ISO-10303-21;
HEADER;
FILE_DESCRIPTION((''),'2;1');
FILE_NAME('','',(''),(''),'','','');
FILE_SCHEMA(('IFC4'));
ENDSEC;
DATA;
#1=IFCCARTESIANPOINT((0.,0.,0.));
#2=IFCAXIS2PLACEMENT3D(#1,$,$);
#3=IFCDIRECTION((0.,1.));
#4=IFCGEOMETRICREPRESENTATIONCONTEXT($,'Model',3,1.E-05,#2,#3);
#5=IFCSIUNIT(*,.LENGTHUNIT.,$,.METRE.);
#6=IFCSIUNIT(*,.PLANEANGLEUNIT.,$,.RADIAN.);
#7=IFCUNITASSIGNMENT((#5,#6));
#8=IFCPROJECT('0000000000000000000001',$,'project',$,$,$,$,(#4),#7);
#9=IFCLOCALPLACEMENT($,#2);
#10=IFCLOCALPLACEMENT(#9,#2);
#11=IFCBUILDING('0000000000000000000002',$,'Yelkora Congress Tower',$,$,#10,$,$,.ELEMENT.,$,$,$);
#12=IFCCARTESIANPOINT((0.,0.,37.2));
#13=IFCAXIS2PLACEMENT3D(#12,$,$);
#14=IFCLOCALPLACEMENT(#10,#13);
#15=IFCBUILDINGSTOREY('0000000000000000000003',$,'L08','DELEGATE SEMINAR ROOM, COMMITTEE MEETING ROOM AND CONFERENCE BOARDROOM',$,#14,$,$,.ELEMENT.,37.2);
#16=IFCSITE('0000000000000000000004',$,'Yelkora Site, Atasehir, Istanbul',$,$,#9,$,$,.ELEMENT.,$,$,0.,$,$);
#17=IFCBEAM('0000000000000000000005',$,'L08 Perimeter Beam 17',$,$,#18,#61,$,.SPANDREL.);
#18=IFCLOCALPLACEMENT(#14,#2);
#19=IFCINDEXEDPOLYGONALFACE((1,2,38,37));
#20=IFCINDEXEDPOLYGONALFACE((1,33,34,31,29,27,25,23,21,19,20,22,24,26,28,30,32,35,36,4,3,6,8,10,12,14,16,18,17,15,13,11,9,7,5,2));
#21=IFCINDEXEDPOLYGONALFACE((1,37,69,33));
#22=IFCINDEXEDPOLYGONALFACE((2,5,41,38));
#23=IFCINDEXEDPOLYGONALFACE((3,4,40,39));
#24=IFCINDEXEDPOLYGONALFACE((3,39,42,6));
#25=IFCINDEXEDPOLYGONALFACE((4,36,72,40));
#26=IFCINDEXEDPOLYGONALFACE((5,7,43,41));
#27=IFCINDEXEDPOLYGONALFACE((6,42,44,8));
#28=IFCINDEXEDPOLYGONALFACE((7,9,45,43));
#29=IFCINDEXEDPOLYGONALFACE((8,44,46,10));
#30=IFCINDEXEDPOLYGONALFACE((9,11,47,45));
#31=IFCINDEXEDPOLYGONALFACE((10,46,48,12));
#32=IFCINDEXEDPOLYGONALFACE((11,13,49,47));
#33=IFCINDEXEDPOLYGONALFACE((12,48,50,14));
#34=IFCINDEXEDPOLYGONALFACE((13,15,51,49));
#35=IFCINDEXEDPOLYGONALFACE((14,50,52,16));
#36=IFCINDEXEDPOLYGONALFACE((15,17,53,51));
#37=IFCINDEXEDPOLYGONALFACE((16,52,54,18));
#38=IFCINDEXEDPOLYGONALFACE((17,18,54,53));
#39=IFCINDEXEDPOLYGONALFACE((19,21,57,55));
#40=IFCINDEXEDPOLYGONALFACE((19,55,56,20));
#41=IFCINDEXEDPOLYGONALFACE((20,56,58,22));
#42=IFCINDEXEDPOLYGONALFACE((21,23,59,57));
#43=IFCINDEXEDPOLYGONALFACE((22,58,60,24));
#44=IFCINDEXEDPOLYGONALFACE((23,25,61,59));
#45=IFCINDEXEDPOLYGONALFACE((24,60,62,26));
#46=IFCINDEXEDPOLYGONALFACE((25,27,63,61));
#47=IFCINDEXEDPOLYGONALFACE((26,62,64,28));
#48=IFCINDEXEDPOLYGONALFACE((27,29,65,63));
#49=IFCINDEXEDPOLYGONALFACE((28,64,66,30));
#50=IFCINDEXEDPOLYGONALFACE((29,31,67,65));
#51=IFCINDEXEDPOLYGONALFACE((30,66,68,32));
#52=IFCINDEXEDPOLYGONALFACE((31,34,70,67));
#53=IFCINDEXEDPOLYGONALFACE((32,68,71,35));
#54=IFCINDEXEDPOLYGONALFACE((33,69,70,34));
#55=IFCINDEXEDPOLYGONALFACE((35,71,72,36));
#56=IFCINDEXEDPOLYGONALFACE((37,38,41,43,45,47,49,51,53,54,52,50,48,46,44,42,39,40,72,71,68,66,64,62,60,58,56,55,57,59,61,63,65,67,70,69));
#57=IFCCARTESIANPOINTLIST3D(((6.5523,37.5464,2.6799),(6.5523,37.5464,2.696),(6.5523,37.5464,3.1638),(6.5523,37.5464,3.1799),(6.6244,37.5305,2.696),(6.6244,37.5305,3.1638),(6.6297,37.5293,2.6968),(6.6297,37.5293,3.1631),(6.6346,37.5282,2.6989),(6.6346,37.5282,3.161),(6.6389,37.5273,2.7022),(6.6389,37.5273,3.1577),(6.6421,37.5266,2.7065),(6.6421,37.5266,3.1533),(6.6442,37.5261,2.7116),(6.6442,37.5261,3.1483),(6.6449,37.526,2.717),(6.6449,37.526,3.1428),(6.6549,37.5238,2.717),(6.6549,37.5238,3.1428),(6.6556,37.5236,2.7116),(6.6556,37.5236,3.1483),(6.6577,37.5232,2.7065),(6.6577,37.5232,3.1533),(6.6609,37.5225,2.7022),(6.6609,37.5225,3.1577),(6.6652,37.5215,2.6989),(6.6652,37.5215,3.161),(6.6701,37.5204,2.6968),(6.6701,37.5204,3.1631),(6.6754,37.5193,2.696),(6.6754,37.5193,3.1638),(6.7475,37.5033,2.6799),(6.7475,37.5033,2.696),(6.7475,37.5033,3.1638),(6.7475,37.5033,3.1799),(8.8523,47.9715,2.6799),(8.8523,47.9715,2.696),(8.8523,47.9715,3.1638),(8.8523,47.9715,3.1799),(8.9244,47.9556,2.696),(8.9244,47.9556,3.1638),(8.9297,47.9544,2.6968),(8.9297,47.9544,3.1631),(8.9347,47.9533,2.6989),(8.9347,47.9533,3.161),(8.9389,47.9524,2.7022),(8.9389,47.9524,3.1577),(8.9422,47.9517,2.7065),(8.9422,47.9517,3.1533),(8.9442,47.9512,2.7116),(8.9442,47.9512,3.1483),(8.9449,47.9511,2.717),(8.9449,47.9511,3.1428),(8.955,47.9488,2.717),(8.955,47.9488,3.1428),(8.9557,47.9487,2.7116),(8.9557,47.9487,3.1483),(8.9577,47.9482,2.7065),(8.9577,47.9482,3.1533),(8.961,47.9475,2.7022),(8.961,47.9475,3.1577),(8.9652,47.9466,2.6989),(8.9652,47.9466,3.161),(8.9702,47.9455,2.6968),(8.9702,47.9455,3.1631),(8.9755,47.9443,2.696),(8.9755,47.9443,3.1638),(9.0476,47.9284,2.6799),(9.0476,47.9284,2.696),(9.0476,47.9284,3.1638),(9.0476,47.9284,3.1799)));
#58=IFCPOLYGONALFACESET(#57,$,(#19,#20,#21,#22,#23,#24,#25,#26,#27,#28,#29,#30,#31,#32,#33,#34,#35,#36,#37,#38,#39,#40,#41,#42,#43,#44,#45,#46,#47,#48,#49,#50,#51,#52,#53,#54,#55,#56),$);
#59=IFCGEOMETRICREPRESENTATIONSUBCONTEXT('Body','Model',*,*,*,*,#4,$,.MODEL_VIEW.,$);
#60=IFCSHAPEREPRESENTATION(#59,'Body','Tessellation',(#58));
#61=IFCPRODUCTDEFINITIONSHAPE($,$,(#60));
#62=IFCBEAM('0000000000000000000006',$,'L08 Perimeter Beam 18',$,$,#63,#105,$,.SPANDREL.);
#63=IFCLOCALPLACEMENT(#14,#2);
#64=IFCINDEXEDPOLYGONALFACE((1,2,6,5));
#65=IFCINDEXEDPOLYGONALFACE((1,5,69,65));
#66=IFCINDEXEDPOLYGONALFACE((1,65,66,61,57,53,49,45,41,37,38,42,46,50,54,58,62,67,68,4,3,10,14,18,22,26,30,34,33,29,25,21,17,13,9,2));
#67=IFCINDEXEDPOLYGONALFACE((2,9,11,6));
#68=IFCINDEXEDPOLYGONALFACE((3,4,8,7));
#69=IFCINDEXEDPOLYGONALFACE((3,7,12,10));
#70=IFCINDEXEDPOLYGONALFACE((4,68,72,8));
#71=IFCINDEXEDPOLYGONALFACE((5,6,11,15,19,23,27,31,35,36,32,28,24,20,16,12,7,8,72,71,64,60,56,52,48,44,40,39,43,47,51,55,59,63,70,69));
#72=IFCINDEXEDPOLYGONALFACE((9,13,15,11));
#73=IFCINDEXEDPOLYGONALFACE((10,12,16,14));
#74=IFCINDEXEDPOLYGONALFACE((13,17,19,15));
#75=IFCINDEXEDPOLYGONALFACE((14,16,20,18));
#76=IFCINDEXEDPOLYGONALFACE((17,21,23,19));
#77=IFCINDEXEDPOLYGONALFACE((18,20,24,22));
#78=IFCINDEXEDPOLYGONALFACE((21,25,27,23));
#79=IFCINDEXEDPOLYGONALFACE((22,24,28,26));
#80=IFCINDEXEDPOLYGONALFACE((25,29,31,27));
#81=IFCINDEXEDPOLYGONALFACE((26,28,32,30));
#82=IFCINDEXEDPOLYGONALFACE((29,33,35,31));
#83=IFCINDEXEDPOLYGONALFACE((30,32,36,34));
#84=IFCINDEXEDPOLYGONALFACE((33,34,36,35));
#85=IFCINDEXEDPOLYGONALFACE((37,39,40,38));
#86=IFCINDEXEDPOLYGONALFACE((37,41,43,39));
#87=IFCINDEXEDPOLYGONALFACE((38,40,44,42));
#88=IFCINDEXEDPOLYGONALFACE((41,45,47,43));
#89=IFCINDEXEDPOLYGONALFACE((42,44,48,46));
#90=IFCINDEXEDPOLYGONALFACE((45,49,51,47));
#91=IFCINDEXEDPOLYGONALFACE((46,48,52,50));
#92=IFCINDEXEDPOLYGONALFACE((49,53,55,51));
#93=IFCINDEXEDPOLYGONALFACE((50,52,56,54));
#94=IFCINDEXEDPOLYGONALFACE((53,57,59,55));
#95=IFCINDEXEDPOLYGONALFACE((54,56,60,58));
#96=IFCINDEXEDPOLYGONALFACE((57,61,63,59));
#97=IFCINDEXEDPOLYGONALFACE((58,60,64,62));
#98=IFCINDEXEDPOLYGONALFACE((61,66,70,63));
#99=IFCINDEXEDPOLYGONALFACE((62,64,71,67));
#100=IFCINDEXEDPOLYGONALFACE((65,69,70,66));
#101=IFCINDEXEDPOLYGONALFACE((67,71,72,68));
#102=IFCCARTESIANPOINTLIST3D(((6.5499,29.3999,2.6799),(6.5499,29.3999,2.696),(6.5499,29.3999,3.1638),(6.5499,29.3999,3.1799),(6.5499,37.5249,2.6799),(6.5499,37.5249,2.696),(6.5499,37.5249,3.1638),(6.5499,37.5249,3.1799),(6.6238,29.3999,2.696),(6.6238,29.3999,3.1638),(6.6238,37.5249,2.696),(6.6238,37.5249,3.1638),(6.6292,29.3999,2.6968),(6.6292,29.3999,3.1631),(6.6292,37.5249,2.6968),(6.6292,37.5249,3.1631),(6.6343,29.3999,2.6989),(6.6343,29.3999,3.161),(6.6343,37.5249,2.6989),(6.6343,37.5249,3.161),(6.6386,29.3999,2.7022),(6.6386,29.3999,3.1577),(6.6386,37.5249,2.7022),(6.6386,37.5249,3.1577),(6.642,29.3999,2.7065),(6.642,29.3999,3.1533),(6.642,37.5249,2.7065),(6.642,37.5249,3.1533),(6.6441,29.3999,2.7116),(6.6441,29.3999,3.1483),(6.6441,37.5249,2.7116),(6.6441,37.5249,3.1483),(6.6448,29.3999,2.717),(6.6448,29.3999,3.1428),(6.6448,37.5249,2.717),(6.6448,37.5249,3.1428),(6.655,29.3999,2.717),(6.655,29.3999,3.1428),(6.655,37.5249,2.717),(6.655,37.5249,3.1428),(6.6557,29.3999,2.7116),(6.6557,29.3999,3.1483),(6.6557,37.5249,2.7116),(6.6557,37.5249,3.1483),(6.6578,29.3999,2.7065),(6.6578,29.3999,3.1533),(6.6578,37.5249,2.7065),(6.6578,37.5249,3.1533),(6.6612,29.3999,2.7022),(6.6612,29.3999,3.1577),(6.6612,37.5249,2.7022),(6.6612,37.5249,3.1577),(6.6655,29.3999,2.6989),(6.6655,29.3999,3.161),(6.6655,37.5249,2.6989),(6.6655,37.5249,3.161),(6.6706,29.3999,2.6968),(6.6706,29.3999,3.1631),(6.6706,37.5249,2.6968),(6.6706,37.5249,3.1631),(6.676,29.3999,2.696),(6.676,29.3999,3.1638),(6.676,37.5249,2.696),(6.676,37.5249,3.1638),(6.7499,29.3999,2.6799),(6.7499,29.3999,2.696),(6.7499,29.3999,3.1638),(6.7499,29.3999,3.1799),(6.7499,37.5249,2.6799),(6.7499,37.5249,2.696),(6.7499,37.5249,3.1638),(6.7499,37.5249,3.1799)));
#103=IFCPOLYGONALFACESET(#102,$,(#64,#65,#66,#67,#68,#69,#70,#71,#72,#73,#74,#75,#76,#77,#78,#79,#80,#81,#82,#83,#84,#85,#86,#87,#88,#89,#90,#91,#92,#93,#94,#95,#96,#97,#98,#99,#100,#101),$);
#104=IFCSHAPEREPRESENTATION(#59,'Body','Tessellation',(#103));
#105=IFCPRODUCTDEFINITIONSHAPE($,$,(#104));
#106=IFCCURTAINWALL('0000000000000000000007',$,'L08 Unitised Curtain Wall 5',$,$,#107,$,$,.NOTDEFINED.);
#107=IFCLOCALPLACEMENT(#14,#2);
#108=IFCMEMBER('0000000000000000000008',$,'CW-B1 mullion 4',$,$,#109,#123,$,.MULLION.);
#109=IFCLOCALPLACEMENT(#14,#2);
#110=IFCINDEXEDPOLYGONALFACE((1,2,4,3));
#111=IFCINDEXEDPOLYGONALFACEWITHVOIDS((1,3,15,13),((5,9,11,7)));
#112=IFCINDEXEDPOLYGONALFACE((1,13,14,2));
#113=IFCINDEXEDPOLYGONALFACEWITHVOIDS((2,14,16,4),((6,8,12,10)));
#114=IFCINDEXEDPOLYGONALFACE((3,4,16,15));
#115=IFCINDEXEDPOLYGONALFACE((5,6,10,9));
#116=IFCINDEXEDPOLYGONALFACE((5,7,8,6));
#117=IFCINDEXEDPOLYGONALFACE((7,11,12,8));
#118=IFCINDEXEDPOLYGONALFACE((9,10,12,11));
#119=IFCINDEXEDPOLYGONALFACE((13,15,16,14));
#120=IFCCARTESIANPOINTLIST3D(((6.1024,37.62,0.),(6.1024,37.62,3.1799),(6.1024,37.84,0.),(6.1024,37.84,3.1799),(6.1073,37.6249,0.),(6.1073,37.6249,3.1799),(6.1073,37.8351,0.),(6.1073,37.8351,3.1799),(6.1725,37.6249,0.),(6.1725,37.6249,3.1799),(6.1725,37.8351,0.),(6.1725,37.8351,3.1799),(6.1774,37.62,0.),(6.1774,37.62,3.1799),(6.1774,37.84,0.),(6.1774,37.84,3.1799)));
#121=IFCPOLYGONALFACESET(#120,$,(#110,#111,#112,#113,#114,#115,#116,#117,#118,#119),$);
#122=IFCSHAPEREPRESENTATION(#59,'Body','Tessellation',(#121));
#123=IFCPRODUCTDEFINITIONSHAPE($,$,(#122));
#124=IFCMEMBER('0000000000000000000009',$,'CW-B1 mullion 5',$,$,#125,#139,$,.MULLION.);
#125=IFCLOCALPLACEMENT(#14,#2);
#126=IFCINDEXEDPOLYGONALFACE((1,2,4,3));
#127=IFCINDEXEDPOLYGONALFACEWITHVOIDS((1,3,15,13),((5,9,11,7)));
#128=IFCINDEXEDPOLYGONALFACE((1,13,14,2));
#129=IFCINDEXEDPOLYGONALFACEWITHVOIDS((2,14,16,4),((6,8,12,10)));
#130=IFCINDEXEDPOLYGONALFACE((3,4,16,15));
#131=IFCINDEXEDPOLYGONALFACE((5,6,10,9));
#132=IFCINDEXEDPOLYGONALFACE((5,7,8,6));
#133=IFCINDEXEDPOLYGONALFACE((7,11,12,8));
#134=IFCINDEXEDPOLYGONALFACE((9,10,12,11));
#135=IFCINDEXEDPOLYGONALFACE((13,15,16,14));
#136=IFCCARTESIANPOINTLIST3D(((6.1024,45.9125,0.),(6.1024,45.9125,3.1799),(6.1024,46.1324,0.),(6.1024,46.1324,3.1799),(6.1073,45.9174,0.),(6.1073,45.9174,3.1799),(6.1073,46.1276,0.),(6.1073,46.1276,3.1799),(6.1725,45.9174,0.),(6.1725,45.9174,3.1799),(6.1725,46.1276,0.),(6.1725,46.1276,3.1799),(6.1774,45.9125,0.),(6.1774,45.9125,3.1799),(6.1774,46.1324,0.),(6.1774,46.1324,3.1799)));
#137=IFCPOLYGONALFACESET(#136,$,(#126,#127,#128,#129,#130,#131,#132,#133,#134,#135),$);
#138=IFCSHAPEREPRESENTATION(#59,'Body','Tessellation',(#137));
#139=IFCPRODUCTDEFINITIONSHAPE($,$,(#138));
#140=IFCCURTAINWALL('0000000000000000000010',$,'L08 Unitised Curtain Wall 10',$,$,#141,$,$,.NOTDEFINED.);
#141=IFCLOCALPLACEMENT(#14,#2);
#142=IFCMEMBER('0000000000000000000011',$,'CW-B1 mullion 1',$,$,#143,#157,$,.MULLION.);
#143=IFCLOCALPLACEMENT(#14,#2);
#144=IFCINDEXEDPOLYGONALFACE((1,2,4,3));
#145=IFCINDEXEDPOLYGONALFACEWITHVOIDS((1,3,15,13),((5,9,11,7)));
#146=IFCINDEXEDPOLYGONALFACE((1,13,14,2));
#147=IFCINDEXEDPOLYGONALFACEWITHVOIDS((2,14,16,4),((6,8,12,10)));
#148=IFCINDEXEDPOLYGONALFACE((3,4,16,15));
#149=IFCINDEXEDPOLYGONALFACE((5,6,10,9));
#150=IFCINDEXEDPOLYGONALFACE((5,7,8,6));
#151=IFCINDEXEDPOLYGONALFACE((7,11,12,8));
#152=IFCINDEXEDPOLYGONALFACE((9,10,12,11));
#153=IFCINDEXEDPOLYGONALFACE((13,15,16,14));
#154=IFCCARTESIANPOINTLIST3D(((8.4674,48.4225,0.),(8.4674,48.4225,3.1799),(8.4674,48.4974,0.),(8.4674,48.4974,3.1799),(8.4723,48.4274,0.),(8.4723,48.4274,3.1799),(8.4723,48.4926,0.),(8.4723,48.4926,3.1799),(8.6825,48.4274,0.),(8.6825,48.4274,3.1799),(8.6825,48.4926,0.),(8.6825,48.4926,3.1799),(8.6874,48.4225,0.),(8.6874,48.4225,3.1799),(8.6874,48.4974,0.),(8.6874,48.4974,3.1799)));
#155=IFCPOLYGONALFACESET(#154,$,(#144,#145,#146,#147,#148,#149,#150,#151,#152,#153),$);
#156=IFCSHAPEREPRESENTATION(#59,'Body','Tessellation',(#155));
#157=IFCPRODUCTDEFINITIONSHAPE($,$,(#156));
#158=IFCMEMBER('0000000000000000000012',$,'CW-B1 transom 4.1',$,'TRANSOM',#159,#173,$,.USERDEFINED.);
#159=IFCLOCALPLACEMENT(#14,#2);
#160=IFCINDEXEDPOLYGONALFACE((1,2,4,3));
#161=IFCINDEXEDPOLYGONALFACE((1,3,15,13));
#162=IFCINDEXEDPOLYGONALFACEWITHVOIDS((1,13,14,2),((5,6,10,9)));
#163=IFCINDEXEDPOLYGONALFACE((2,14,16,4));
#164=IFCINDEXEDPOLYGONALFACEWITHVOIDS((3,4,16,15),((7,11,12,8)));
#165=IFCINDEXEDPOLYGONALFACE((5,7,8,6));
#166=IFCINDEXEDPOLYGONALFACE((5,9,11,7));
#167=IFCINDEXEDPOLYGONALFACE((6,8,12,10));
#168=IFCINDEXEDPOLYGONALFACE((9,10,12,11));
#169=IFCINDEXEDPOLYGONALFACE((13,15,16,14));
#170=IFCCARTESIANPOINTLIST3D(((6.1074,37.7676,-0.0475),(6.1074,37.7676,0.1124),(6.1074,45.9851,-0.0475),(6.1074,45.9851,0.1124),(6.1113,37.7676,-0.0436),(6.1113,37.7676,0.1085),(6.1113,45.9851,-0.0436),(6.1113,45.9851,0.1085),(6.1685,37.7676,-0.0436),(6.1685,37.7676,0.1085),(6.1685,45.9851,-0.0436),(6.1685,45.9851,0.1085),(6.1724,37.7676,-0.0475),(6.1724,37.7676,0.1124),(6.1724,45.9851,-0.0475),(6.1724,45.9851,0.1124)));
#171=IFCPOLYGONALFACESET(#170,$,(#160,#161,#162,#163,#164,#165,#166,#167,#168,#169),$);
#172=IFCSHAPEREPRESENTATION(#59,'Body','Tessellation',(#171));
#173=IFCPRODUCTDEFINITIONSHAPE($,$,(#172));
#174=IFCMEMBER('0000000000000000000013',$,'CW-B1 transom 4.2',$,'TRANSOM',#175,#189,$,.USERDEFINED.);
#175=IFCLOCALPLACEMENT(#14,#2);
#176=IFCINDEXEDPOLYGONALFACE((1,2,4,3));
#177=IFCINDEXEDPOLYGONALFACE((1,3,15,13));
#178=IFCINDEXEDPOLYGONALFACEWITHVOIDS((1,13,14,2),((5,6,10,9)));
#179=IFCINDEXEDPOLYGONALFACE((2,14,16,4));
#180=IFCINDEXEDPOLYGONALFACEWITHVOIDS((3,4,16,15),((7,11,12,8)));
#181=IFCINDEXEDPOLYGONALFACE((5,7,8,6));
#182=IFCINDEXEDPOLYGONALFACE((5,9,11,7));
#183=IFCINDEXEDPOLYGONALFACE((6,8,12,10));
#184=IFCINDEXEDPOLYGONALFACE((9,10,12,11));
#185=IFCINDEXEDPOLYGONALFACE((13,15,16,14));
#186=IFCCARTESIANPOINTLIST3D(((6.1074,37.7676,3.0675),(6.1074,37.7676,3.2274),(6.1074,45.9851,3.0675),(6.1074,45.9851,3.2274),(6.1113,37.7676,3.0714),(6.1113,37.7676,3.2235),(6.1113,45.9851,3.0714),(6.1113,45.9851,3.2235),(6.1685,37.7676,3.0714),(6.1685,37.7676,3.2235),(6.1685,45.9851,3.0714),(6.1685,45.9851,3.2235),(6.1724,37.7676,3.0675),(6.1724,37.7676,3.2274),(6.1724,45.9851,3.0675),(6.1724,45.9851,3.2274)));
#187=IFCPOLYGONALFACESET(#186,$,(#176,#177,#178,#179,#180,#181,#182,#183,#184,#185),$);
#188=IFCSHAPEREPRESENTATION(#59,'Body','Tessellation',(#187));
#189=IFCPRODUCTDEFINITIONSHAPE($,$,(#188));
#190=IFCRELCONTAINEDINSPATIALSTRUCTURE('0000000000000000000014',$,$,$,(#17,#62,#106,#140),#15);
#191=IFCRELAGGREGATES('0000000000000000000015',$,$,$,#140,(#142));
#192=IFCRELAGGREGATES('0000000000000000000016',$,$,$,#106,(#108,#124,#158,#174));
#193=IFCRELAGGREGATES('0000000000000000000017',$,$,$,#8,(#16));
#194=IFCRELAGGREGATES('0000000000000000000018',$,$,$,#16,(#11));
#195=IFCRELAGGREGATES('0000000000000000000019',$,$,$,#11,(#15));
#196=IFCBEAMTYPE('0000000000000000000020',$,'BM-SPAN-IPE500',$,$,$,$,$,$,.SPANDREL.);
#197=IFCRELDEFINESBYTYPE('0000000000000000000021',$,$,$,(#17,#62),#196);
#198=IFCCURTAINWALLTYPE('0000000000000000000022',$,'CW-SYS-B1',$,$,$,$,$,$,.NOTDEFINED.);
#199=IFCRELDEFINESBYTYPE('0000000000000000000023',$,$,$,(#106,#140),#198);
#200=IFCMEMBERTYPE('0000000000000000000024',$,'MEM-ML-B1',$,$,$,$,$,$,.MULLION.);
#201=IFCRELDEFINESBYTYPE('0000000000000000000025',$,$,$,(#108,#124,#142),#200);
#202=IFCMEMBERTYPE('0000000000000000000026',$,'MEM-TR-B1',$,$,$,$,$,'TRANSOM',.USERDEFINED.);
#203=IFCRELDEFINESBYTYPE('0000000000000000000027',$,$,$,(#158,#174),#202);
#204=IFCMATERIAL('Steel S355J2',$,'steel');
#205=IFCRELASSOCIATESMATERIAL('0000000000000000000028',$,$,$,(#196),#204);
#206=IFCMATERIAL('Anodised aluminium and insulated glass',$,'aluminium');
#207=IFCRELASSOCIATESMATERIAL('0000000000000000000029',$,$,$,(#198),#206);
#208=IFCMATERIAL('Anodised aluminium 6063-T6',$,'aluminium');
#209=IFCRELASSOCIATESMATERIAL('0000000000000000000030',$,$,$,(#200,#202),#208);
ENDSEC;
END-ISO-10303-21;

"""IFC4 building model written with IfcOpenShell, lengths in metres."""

from ifc_helpers import new_model, si_unit, direction, frame, origin, origin_2d, place, context, subcontext, project, spatial, hollow_rectangle, i_section, extrude, material, material_profile, profile_set, type_object, element, aggregate, save


model = new_model("IFC4")

# Units and contexts
model_context = context("Model", 3, precision=1e-05, world=origin(), true_north=direction((0.0, 1.0)))
body_context = subcontext(model_context, "Body", "Model", "MODEL_VIEW")
ifc_project = project(units=[si_unit("LENGTHUNIT", "METRE"), si_unit("PLANEANGLEUNIT", "RADIAN")], contexts=[model_context])

# Site, building, storey
site_placement = place(None, origin())
site = spatial("IfcSite", under=ifc_project, at=site_placement, Name="Yelkora Site, Atasehir, Istanbul", CompositionType="ELEMENT", RefElevation=0.0)
building_placement = place(site_placement, origin())
building = spatial("IfcBuilding", under=site, at=building_placement, Name="Yelkora Congress Tower", CompositionType="ELEMENT")
storey_placement = place(building_placement, frame((0.0, 0.0, 37.2)))
storey = spatial("IfcBuildingStorey", under=building, at=storey_placement, Name="L08", Description="DELEGATE SEMINAR ROOM, COMMITTEE MEETING ROOM AND CONFERENCE BOARDROOM", CompositionType="ELEMENT", Elevation=37.2)

# Beams
ifc_material_1 = material(Name="Steel S355J2", Category="steel")
ifc_material_profile_1 = material_profile(ifc_material_1, i_section(OverallWidth=0.2, OverallDepth=0.5, WebThickness=0.0103, FlangeThickness=0.0161, FilletRadius=0.021, at=origin_2d()), Name="IPE 500")
ifc_profile_set_1 = profile_set([ifc_material_profile_1], Name="Steel S355J2")
beam_type_1 = type_object("IfcBeamType", Name="BM-SPAN-IPE500", PredefinedType="SPANDREL", material=ifc_profile_set_1)
beam_1_placement = place(storey_placement, frame((8.95, 47.95, 2.9299), z_axis=(-0.215446, -0.976516, 0.0), x_axis=(0.976516, -0.215446, 0.0)))
element("IfcBeam", 1, at=beam_1_placement, inside=storey, type_object=beam_type_1, Name="L08 Perimeter Beam 17", PredefinedType="SPANDREL", context=body_context, shape_type="SweptSolid", body=[
    extrude(i_section(OverallWidth=0.2, OverallDepth=0.5, WebThickness=0.0103, FlangeThickness=0.0161, FilletRadius=0.021, at=origin_2d()), origin(), (0.0, 0.0, 1.0), 10.6758),
])
beam_2_placement = place(storey_placement, frame((6.6499, 37.5249, 2.9299), z_axis=(0.0, -1.0, 0.0), x_axis=(1.0, 0.0, 0.0)))
element("IfcBeam", 2, at=beam_2_placement, inside=storey, type_object=beam_type_1, Name="L08 Perimeter Beam 18", PredefinedType="SPANDREL", context=body_context, shape_type="SweptSolid", body=[
    extrude(i_section(OverallWidth=0.2, OverallDepth=0.5, WebThickness=0.0103, FlangeThickness=0.0161, FilletRadius=0.021, at=origin_2d()), origin(), (0.0, 0.0, 1.0), 8.125),
])

# Curtain wall, members
ifc_material_2 = material(Name="Anodised aluminium and insulated glass", Category="aluminium")
curtain_wall_type = type_object("IfcCurtainWallType", Name="CW-SYS-B1", PredefinedType="NOTDEFINED", material=ifc_material_2)
curtain_wall_1_placement = place(storey_placement, origin())
curtain_wall_1 = element("IfcCurtainWall", 3, at=curtain_wall_1_placement, inside=storey, type_object=curtain_wall_type, Name="L08 Unitised Curtain Wall 5", PredefinedType="NOTDEFINED")
ifc_material_3 = material(Name="Anodised aluminium 6063-T6", Category="aluminium")
ifc_material_profile_2 = material_profile(ifc_material_3, hollow_rectangle(XDim=0.075, YDim=0.22, WallThickness=0.0049, at=origin_2d()), Name="ALU 75x220x5")
ifc_profile_set_2 = profile_set([ifc_material_profile_2], Name="Anodised aluminium 6063-T6")
member_type_1 = type_object("IfcMemberType", Name="MEM-ML-B1", PredefinedType="MULLION", material=ifc_profile_set_2)
member_1_placement = place(storey_placement, frame((6.1399, 37.73, 0.0), z_axis=(0.0, 0.0, 1.0), x_axis=(-1.0, 0.0, 0.0)))
member_1 = element("IfcMember", 4, at=member_1_placement, type_object=member_type_1, Name="CW-B1 mullion 4", PredefinedType="MULLION", context=body_context, shape_type="SweptSolid", body=[
    extrude(hollow_rectangle(XDim=0.075, YDim=0.22, WallThickness=0.0049, at=origin_2d()), origin(), (0.0, 0.0, 1.0), 3.1799),
])
member_2_placement = place(storey_placement, frame((6.1399, 46.0225, 0.0), z_axis=(0.0, 0.0, 1.0), x_axis=(-1.0, 0.0, 0.0)))
member_2 = element("IfcMember", 5, at=member_2_placement, type_object=member_type_1, Name="CW-B1 mullion 5", PredefinedType="MULLION", context=body_context, shape_type="SweptSolid", body=[
    extrude(hollow_rectangle(XDim=0.075, YDim=0.22, WallThickness=0.0049, at=origin_2d()), origin(), (0.0, 0.0, 1.0), 3.1799),
])

# Curtain wall, member
curtain_wall_2_placement = place(storey_placement, origin())
curtain_wall_2 = element("IfcCurtainWall", 6, at=curtain_wall_2_placement, inside=storey, type_object=curtain_wall_type, Name="L08 Unitised Curtain Wall 10", PredefinedType="NOTDEFINED")
member_3_placement = place(storey_placement, frame((8.5774, 48.46, 0.0), z_axis=(0.0, 0.0, 1.0), x_axis=(0.0, 1.0, 0.0)))
member_3 = element("IfcMember", 7, at=member_3_placement, type_object=member_type_1, Name="CW-B1 mullion 1", PredefinedType="MULLION", context=body_context, shape_type="SweptSolid", body=[
    extrude(hollow_rectangle(XDim=0.075, YDim=0.22, WallThickness=0.0049, at=origin_2d()), origin(), (0.0, 0.0, 1.0), 3.1799),
])

# Members
ifc_material_profile_3 = material_profile(ifc_material_3, hollow_rectangle(XDim=0.0649, YDim=0.1599, WallThickness=0.0039, at=origin_2d()), Name="ALU 65x160x4")
ifc_profile_set_3 = profile_set([ifc_material_profile_3], Name="Anodised aluminium 6063-T6")
member_type_2 = type_object("IfcMemberType", Name="MEM-TR-B1", ElementType="TRANSOM", PredefinedType="USERDEFINED", material=ifc_profile_set_3)
member_4_placement = place(storey_placement, frame((6.1399, 37.7676, 0.0325), z_axis=(0.0, 1.0, 0.0), x_axis=(-1.0, 0.0, 0.0)))
member_4 = element("IfcMember", 8, at=member_4_placement, type_object=member_type_2, Name="CW-B1 transom 4.1", ObjectType="TRANSOM", PredefinedType="USERDEFINED", context=body_context, shape_type="SweptSolid", body=[
    extrude(hollow_rectangle(XDim=0.0649, YDim=0.1599, WallThickness=0.0039, at=origin_2d()), origin(), (0.0, 0.0, 1.0), 8.2175),
])
member_5_placement = place(storey_placement, frame((6.1399, 37.7676, 3.1475), z_axis=(0.0, 1.0, 0.0), x_axis=(-1.0, 0.0, 0.0)))
member_5 = element("IfcMember", 9, at=member_5_placement, type_object=member_type_2, Name="CW-B1 transom 4.2", ObjectType="TRANSOM", PredefinedType="USERDEFINED", context=body_context, shape_type="SweptSolid", body=[
    extrude(hollow_rectangle(XDim=0.0649, YDim=0.1599, WallThickness=0.0039, at=origin_2d()), origin(), (0.0, 0.0, 1.0), 8.2175),
])
aggregate(curtain_wall_2, [member_3])

aggregate(curtain_wall_1, [member_1, member_2, member_4, member_5])

save(model, "model.ifc")
